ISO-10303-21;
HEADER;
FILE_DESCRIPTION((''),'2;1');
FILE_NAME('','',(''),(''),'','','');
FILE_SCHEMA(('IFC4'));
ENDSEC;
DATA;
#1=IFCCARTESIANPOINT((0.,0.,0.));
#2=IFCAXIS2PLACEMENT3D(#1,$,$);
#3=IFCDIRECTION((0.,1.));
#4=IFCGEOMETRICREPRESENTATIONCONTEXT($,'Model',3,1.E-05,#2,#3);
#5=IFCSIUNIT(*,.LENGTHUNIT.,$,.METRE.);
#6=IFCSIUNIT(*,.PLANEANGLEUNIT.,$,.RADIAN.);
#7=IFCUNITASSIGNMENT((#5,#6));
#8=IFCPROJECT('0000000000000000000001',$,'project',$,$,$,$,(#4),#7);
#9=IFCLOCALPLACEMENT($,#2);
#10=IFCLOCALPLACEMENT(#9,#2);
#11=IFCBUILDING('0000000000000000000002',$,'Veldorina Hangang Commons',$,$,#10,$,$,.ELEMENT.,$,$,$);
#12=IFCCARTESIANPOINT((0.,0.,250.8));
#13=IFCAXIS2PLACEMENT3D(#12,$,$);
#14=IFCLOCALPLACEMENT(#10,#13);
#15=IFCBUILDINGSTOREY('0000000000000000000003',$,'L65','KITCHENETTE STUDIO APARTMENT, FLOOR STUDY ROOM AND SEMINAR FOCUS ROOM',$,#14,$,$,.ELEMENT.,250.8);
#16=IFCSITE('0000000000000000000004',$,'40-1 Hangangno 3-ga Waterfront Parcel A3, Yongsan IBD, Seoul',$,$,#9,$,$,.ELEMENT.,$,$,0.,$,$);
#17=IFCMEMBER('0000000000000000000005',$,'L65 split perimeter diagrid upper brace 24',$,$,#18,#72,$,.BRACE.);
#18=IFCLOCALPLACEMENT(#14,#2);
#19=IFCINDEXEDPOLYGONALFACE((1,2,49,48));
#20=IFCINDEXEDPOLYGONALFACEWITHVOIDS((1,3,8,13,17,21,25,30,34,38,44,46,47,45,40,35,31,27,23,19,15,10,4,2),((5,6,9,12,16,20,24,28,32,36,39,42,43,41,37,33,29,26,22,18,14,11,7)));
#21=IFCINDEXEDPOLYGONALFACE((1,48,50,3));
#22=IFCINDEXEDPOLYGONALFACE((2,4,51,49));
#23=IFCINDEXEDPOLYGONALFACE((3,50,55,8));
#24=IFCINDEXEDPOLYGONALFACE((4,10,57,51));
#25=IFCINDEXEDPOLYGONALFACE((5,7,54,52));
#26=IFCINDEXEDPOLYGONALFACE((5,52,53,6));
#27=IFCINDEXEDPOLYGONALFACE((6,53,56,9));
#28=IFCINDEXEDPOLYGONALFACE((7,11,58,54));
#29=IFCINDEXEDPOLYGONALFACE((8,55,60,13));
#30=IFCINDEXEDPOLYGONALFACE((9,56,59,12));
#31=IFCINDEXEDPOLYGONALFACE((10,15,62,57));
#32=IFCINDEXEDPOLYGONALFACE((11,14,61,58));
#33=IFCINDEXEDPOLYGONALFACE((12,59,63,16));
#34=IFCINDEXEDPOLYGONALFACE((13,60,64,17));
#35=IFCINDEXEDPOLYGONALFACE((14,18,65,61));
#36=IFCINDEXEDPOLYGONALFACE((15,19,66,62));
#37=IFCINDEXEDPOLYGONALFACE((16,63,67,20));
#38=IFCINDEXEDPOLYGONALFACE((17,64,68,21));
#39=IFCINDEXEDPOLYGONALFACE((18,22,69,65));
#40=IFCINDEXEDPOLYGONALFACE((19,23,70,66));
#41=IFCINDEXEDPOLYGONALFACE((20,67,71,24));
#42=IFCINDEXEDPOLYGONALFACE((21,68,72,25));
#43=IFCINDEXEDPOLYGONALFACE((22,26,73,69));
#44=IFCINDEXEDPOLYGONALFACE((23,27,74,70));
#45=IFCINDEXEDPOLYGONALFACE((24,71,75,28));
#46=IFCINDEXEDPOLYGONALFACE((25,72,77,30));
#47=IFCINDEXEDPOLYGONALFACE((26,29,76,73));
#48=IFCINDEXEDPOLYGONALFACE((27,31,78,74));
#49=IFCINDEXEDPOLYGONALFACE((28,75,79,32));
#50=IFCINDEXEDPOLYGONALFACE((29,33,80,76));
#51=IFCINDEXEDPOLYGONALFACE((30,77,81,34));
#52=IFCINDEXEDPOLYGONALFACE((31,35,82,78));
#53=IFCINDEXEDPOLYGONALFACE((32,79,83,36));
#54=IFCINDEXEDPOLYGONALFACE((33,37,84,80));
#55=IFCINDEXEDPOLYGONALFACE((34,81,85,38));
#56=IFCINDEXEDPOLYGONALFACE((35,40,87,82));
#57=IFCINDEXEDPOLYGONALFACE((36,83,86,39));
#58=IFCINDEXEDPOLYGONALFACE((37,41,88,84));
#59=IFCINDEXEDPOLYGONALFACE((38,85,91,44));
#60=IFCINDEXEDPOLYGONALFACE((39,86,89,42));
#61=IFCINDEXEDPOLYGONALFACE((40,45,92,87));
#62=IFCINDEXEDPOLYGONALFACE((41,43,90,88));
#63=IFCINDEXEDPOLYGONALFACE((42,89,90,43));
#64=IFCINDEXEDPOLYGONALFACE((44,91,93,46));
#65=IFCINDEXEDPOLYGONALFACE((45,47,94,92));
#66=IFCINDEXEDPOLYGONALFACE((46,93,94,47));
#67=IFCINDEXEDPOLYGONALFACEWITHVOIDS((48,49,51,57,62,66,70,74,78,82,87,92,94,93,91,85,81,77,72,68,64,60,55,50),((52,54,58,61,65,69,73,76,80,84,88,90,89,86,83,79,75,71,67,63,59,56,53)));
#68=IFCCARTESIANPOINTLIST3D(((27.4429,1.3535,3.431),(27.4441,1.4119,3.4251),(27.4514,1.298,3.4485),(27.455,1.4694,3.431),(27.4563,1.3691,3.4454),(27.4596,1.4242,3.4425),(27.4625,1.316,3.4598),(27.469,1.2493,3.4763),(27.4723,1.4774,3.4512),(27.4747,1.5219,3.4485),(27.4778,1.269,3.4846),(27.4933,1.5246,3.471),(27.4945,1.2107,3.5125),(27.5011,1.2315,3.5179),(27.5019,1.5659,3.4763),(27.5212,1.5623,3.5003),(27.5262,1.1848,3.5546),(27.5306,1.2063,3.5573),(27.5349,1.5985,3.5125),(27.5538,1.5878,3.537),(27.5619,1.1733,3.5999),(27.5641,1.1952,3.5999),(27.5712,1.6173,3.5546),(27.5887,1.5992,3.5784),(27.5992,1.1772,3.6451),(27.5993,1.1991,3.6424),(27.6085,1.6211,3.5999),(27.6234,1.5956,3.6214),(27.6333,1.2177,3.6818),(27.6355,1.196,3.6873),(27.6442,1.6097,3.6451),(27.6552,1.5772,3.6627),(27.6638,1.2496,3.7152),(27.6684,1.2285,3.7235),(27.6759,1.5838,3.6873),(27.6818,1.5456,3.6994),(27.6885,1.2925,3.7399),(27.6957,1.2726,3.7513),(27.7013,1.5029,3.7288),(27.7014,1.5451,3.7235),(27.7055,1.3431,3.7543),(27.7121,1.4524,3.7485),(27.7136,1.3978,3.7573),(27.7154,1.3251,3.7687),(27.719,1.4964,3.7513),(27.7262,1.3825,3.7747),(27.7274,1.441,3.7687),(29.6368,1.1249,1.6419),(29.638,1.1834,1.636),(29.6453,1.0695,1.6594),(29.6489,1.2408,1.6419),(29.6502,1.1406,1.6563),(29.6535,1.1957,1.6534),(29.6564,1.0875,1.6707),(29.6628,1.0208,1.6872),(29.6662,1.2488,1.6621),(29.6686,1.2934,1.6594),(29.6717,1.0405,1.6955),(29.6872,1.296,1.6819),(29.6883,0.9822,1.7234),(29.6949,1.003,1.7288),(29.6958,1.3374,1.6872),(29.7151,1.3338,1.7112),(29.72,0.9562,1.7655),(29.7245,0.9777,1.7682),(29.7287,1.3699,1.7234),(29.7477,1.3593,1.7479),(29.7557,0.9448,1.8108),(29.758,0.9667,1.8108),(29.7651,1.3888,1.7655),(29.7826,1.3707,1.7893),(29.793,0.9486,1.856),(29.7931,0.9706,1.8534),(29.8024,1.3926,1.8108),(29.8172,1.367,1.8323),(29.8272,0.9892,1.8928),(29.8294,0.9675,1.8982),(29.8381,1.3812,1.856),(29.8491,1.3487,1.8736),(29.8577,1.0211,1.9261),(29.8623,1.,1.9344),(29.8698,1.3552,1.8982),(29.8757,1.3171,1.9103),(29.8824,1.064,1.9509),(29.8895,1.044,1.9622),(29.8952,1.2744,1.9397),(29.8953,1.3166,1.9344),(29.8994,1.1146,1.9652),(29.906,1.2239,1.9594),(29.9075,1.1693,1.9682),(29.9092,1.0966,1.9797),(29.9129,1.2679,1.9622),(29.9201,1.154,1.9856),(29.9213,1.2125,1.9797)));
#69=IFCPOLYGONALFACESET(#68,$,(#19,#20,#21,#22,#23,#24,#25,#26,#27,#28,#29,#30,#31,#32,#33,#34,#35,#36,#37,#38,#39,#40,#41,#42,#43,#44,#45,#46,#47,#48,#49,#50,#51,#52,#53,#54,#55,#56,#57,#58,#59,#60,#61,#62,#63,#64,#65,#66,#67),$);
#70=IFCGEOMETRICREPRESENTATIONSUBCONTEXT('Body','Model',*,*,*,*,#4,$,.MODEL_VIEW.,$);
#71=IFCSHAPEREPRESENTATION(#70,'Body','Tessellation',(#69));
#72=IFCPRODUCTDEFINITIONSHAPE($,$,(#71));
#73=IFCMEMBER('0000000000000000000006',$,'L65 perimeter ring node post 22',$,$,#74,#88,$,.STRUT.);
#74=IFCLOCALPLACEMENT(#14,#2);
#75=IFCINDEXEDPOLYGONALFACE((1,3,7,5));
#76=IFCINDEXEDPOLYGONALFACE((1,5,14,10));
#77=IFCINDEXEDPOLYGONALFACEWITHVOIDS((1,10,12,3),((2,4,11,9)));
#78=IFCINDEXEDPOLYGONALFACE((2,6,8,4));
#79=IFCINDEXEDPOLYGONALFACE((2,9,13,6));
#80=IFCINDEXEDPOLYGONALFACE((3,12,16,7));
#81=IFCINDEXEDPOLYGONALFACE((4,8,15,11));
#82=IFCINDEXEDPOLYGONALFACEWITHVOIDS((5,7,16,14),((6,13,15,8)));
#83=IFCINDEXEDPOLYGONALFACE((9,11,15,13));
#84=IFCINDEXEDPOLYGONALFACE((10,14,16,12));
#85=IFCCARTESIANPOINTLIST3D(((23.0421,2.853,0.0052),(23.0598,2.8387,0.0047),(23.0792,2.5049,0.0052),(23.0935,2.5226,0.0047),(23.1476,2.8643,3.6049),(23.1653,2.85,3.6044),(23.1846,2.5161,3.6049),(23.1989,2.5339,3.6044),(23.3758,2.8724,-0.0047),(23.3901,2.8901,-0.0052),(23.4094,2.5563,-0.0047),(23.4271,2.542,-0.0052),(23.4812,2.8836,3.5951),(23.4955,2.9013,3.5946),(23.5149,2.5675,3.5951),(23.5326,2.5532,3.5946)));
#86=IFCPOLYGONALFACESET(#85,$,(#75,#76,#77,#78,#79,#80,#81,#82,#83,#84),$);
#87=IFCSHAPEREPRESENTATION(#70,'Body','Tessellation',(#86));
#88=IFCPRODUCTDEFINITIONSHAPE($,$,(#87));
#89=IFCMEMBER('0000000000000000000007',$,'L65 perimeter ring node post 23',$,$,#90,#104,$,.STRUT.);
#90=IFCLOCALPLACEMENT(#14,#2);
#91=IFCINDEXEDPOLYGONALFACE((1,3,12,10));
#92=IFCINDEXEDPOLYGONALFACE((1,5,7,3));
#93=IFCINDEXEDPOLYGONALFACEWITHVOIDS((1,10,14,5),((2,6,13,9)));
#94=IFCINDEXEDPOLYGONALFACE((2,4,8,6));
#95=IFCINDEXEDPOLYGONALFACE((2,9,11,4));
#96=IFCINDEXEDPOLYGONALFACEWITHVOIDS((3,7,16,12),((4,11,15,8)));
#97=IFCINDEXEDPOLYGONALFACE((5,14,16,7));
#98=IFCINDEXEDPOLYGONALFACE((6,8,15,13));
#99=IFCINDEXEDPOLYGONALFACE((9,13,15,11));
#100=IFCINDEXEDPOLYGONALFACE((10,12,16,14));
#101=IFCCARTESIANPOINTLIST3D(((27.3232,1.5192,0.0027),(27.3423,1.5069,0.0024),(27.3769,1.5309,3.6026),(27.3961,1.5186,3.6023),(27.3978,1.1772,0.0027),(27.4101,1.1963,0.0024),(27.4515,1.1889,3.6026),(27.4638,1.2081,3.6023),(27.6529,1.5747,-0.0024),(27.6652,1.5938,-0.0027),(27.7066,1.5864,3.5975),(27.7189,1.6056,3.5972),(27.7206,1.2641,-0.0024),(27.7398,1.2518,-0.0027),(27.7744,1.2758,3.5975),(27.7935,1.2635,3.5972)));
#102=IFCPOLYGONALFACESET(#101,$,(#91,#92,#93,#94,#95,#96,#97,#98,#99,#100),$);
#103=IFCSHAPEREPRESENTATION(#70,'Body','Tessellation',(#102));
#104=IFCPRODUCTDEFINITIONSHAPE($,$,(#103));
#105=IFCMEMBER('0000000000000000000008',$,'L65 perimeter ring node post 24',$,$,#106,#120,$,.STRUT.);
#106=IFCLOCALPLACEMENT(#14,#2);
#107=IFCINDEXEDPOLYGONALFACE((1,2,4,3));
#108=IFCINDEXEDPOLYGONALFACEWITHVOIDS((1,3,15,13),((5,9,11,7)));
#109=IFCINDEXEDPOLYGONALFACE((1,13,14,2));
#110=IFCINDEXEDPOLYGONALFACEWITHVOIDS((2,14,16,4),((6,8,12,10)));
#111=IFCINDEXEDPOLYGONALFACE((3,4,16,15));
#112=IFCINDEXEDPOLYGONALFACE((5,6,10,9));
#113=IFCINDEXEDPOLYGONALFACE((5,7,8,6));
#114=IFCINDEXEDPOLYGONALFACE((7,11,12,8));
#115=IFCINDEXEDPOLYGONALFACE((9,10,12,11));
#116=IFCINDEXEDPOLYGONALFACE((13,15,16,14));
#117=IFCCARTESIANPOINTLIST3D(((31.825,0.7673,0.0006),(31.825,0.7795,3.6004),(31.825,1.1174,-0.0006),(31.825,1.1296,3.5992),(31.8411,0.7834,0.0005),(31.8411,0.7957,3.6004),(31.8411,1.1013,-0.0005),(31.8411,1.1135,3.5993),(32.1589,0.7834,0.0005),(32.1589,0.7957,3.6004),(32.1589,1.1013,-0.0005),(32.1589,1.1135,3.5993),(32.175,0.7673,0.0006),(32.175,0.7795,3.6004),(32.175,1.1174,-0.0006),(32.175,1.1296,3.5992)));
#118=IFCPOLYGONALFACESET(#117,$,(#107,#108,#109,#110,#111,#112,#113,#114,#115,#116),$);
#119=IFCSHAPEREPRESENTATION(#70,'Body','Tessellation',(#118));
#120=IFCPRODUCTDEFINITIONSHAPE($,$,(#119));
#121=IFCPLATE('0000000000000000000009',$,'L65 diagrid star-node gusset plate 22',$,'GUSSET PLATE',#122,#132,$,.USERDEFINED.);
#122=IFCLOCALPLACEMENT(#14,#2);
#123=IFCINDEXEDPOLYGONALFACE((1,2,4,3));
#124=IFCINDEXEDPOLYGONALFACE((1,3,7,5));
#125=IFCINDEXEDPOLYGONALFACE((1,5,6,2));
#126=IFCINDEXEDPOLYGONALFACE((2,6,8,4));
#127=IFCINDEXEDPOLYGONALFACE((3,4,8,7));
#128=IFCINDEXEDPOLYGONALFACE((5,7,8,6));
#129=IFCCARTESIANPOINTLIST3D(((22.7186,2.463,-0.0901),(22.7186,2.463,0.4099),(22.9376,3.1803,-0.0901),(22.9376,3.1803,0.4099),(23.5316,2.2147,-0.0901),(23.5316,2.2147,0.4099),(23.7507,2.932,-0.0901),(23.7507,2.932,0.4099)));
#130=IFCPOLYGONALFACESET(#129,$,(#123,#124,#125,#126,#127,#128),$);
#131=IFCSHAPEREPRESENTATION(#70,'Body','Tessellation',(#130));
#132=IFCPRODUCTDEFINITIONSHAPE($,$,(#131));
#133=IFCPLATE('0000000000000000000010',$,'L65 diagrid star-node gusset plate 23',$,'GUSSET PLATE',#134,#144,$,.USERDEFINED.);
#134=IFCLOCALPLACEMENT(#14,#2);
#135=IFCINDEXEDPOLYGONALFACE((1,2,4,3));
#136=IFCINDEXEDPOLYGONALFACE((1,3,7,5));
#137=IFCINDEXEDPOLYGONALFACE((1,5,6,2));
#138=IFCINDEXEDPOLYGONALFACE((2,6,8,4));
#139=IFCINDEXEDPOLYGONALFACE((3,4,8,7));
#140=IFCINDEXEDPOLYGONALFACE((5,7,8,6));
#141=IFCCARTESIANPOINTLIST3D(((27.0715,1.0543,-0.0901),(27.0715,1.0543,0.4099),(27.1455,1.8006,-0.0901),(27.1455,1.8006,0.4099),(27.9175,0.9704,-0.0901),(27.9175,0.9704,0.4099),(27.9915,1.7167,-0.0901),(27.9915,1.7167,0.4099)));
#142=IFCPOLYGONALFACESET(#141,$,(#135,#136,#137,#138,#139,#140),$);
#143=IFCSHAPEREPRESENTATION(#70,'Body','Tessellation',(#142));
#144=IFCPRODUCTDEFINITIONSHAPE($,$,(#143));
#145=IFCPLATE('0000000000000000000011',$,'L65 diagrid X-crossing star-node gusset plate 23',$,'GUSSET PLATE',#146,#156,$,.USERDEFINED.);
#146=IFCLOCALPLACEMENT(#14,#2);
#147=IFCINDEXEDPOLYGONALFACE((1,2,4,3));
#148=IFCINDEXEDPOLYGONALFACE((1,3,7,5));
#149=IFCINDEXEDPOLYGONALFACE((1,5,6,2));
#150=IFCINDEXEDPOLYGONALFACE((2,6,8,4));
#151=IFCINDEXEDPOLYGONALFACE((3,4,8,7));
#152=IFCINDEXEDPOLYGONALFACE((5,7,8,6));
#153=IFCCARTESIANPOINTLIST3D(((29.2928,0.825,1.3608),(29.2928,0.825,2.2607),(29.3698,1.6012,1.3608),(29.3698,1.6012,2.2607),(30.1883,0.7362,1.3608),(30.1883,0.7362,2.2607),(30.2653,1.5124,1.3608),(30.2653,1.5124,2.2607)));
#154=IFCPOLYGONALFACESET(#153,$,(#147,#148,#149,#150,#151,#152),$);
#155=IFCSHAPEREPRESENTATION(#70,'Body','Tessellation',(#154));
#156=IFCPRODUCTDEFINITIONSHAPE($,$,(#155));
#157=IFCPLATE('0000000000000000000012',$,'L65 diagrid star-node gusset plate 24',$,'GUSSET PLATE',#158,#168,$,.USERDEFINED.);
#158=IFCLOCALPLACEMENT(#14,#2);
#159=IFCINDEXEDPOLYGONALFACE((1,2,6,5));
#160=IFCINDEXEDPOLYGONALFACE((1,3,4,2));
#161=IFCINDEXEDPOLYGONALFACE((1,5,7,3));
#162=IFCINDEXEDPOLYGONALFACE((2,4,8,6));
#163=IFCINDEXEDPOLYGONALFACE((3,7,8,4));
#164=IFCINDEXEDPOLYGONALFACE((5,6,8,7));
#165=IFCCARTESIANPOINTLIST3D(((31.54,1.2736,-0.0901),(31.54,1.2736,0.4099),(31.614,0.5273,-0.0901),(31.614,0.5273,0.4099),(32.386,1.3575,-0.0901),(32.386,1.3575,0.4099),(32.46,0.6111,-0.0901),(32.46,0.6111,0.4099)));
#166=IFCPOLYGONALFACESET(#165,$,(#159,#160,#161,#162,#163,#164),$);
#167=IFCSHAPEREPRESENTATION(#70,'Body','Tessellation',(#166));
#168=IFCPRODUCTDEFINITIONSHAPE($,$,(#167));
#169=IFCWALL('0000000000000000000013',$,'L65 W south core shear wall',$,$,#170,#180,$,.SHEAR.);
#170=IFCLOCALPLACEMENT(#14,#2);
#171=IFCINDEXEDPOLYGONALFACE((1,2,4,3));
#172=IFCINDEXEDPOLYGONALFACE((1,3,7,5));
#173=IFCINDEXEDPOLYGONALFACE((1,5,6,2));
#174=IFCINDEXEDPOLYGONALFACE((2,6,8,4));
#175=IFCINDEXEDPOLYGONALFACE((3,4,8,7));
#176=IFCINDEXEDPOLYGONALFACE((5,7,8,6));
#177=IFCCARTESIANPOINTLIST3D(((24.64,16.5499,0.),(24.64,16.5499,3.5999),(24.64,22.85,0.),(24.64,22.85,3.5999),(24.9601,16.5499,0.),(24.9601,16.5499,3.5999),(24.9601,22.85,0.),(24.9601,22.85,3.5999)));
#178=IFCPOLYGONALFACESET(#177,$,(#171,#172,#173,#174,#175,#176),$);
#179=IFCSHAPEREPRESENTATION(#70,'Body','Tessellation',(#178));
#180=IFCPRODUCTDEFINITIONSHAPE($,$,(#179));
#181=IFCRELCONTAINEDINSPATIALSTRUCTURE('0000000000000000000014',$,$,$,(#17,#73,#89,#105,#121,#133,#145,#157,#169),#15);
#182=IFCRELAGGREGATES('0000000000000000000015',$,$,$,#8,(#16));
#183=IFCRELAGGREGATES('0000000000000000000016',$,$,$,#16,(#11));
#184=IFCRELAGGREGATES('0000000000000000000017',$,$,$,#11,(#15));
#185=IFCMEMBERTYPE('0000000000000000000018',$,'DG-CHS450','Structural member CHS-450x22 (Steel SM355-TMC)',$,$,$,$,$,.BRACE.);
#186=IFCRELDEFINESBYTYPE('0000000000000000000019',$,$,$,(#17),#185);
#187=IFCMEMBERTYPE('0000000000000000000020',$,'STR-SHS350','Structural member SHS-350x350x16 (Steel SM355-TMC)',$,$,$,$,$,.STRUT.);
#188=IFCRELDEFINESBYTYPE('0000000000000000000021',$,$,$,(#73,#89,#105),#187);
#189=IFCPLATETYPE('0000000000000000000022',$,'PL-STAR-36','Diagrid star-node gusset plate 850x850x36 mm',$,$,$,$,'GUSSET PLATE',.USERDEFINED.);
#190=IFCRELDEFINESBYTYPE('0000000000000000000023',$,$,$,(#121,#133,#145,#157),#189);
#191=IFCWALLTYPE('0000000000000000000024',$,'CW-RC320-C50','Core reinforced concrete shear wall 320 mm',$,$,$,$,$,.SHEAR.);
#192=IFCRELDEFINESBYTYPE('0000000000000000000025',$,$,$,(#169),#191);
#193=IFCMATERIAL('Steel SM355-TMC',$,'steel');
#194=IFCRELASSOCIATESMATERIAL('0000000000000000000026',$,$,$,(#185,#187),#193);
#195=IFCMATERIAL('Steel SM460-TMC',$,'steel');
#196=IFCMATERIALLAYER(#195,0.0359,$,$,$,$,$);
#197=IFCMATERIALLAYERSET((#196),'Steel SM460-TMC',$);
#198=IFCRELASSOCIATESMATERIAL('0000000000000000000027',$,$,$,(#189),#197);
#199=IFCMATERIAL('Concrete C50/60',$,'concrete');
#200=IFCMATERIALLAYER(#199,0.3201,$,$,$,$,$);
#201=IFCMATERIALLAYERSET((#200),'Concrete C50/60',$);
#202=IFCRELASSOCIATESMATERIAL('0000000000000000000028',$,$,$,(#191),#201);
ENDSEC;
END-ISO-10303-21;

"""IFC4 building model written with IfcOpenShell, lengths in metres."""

from ifc_helpers import new_model, si_unit, direction, frame, frame_2d, origin, origin_2d, place, context, subcontext, project, spatial, rectangle, hollow_rectangle, hollow_circle, extrude, material, layer, layer_set, material_profile, profile_set, type_object, element, save


model = new_model("IFC4")

# Units and contexts
model_context = context("Model", 3, precision=1e-05, world=origin(), true_north=direction((0.0, 1.0)))
body_context = subcontext(model_context, "Body", "Model", "MODEL_VIEW")
ifc_project = project(units=[si_unit("LENGTHUNIT", "METRE"), si_unit("PLANEANGLEUNIT", "RADIAN")], contexts=[model_context])

# Site, building, storey
site_placement = place(None, origin())
site = spatial("IfcSite", under=ifc_project, at=site_placement, Name="40-1 Hangangno 3-ga Waterfront Parcel A3, Yongsan IBD, Seoul", CompositionType="ELEMENT", RefElevation=0.0)
building_placement = place(site_placement, origin())
building = spatial("IfcBuilding", under=site, at=building_placement, Name="Veldorina Hangang Commons", CompositionType="ELEMENT")
storey_placement = place(building_placement, frame((0.0, 0.0, 250.8)))
storey = spatial("IfcBuildingStorey", under=building, at=storey_placement, Name="L65", Description="KITCHENETTE STUDIO APARTMENT, FLOOR STUDY ROOM AND SEMINAR FOCUS ROOM", CompositionType="ELEMENT", Elevation=250.8)

# Shared definitions
ifc_material_1 = material(Name="Steel SM355-TMC", Category="steel")

# Members
ifc_material_profile_1 = material_profile(ifc_material_1, hollow_circle(Radius=0.2251, WallThickness=0.022, at=origin_2d()), Name="CHS-450x22")
ifc_profile_set_1 = profile_set([ifc_material_profile_1], Name="Steel SM355-TMC")
member_type_1 = type_object("IfcMemberType", Name="DG-CHS450", Description="Structural member CHS-450x22 (Steel SM355-TMC)", PredefinedType="BRACE", material=ifc_profile_set_1)
member_1_placement = place(storey_placement, frame((29.7791, 1.1687, 1.8108), z_axis=(-0.772466, 0.080462, 0.629939), x_axis=(-0.103602, -0.994619, 0.0)))
element("IfcMember", 1, at=member_1_placement, inside=storey, type_object=member_type_1, Name="L65 split perimeter diagrid upper brace 24", PredefinedType="BRACE", context=body_context, shape_type="SweptSolid", body=[
    extrude(hollow_circle(Radius=0.2251, WallThickness=0.022, at=origin_2d()), origin(), (0.0, 0.0, 1.0), 2.8401),
])
ifc_material_profile_2 = material_profile(ifc_material_1, hollow_rectangle(XDim=0.3501, YDim=0.3501, WallThickness=0.0161, at=origin_2d()), Name="SHS-350x350x16")
ifc_profile_set_2 = profile_set([ifc_material_profile_2], Name="Steel SM355-TMC")
member_type_2 = type_object("IfcMemberType", Name="STR-SHS350", Description="Structural member SHS-350x350x16 (Steel SM355-TMC)", PredefinedType="STRUT", material=ifc_profile_set_2)
member_2_placement = place(storey_placement, frame((23.2346, 2.6975, 0.0), z_axis=(0.029285, 0.003118, 0.999566), x_axis=(-0.105883, 0.994379, 0.0)))
element("IfcMember", 2, at=member_2_placement, inside=storey, type_object=member_type_2, Name="L65 perimeter ring node post 22", PredefinedType="STRUT", context=body_context, shape_type="SweptSolid", body=[
    extrude(hollow_rectangle(XDim=0.3501, YDim=0.3501, WallThickness=0.0161, at=origin_2d()), origin(), (0.0, 0.0, 1.0), 3.6013),
])
member_3_placement = place(storey_placement, frame((27.5315, 1.3855, 0.0), z_axis=(0.014919, 0.003255, 0.999883), x_axis=(-0.213167, 0.977016, 0.0)))
element("IfcMember", 3, at=member_3_placement, inside=storey, type_object=member_type_2, Name="L65 perimeter ring node post 23", PredefinedType="STRUT", context=body_context, shape_type="SweptSolid", body=[
    extrude(hollow_rectangle(XDim=0.3501, YDim=0.3501, WallThickness=0.0161, at=origin_2d()), origin(), (0.0, 0.0, 1.0), 3.6003),
])
member_4_placement = place(storey_placement, frame((32.0, 0.9424, 0.0), z_axis=(0.0, 0.003391, 0.999994), x_axis=(-1.0, 0.0, 0.0)))
element("IfcMember", 4, at=member_4_placement, inside=storey, type_object=member_type_2, Name="L65 perimeter ring node post 24", PredefinedType="STRUT", context=body_context, shape_type="SweptSolid", body=[
    extrude(hollow_rectangle(XDim=0.3501, YDim=0.3501, WallThickness=0.0161, at=origin_2d()), origin(), (0.0, 0.0, 1.0), 3.5999),
])

# Plates
ifc_material_2 = material(Name="Steel SM460-TMC", Category="steel")
ifc_layer_1 = layer(ifc_material_2, 0.0359)
ifc_layer_set_1 = layer_set([ifc_layer_1], Name="Steel SM460-TMC")
plate_type = type_object("IfcPlateType", Name="PL-STAR-36", Description="Diagrid star-node gusset plate 850x850x36 mm", ElementType="GUSSET PLATE", PredefinedType="USERDEFINED", material=ifc_layer_set_1)
for number, where, z_axis, x_axis, name in (
    (5, (23.2346, 2.6975, -0.0901), (0.0, 0.0, 1.0), (0.956397, -0.292071, 0.0), "L65 diagrid star-node gusset plate 22"),
    (6, (27.5315, 1.3855, -0.0901), (0.0, 0.0, 1.0), (0.995121, -0.09866, 0.0), "L65 diagrid star-node gusset plate 23"),
):
    element("IfcPlate", number, at=place(storey_placement, frame(where, z_axis=z_axis, x_axis=x_axis)), inside=storey, type_object=plate_type, Name=name, ObjectType="GUSSET PLATE", PredefinedType="USERDEFINED", context=body_context, shape_type="SweptSolid", body=[
        extrude(rectangle(XDim=0.8501, YDim=0.75, at=origin_2d()), origin(), (0.0, 0.0, 1.0), 0.5),
    ])
plate_1_placement = place(storey_placement, frame((29.7791, 1.1687, 1.3608), z_axis=(0.0, 0.0, 1.0), x_axis=(0.995121, -0.09866, 0.0)))
element("IfcPlate", 7, at=plate_1_placement, inside=storey, type_object=plate_type, Name="L65 diagrid X-crossing star-node gusset plate 23", ObjectType="GUSSET PLATE", PredefinedType="USERDEFINED", context=body_context, shape_type="SweptSolid", body=[
    extrude(rectangle(XDim=0.8999, YDim=0.78, at=origin_2d()), origin(), (0.0, 0.0, 1.0), 0.8999),
])
plate_2_placement = place(storey_placement, frame((32.0, 0.9424, -0.0901), z_axis=(0.0, 0.0, 1.0), x_axis=(0.995121, 0.09866, 0.0)))
element("IfcPlate", 8, at=plate_2_placement, inside=storey, type_object=plate_type, Name="L65 diagrid star-node gusset plate 24", ObjectType="GUSSET PLATE", PredefinedType="USERDEFINED", context=body_context, shape_type="SweptSolid", body=[
    extrude(rectangle(XDim=0.8501, YDim=0.75, at=origin_2d()), origin(), (0.0, 0.0, 1.0), 0.5),
])

# Wall
ifc_material_3 = material(Name="Concrete C50/60", Category="concrete")
ifc_layer_2 = layer(ifc_material_3, 0.3201)
ifc_layer_set_2 = layer_set([ifc_layer_2], Name="Concrete C50/60")
wall_type_1 = type_object("IfcWallType", Name="CW-RC320-C50", Description="Core reinforced concrete shear wall 320 mm", PredefinedType="SHEAR", material=ifc_layer_set_2)
wall_1_placement = place(storey_placement, frame((24.8, 16.55, 0.0), z_axis=(0.0, 0.0, 1.0), x_axis=(0.0, 1.0, 0.0)))
element("IfcWall", 9, at=wall_1_placement, inside=storey, type_object=wall_type_1, Name="L65 W south core shear wall", PredefinedType="SHEAR", context=body_context, shape_type="SweptSolid", body=[
    extrude(rectangle(XDim=6.3, YDim=0.3201, at=frame_2d((3.1499, 0.0))), origin(), (0.0, 0.0, 1.0), 3.5999),
])

save(model, "model.ifc")
